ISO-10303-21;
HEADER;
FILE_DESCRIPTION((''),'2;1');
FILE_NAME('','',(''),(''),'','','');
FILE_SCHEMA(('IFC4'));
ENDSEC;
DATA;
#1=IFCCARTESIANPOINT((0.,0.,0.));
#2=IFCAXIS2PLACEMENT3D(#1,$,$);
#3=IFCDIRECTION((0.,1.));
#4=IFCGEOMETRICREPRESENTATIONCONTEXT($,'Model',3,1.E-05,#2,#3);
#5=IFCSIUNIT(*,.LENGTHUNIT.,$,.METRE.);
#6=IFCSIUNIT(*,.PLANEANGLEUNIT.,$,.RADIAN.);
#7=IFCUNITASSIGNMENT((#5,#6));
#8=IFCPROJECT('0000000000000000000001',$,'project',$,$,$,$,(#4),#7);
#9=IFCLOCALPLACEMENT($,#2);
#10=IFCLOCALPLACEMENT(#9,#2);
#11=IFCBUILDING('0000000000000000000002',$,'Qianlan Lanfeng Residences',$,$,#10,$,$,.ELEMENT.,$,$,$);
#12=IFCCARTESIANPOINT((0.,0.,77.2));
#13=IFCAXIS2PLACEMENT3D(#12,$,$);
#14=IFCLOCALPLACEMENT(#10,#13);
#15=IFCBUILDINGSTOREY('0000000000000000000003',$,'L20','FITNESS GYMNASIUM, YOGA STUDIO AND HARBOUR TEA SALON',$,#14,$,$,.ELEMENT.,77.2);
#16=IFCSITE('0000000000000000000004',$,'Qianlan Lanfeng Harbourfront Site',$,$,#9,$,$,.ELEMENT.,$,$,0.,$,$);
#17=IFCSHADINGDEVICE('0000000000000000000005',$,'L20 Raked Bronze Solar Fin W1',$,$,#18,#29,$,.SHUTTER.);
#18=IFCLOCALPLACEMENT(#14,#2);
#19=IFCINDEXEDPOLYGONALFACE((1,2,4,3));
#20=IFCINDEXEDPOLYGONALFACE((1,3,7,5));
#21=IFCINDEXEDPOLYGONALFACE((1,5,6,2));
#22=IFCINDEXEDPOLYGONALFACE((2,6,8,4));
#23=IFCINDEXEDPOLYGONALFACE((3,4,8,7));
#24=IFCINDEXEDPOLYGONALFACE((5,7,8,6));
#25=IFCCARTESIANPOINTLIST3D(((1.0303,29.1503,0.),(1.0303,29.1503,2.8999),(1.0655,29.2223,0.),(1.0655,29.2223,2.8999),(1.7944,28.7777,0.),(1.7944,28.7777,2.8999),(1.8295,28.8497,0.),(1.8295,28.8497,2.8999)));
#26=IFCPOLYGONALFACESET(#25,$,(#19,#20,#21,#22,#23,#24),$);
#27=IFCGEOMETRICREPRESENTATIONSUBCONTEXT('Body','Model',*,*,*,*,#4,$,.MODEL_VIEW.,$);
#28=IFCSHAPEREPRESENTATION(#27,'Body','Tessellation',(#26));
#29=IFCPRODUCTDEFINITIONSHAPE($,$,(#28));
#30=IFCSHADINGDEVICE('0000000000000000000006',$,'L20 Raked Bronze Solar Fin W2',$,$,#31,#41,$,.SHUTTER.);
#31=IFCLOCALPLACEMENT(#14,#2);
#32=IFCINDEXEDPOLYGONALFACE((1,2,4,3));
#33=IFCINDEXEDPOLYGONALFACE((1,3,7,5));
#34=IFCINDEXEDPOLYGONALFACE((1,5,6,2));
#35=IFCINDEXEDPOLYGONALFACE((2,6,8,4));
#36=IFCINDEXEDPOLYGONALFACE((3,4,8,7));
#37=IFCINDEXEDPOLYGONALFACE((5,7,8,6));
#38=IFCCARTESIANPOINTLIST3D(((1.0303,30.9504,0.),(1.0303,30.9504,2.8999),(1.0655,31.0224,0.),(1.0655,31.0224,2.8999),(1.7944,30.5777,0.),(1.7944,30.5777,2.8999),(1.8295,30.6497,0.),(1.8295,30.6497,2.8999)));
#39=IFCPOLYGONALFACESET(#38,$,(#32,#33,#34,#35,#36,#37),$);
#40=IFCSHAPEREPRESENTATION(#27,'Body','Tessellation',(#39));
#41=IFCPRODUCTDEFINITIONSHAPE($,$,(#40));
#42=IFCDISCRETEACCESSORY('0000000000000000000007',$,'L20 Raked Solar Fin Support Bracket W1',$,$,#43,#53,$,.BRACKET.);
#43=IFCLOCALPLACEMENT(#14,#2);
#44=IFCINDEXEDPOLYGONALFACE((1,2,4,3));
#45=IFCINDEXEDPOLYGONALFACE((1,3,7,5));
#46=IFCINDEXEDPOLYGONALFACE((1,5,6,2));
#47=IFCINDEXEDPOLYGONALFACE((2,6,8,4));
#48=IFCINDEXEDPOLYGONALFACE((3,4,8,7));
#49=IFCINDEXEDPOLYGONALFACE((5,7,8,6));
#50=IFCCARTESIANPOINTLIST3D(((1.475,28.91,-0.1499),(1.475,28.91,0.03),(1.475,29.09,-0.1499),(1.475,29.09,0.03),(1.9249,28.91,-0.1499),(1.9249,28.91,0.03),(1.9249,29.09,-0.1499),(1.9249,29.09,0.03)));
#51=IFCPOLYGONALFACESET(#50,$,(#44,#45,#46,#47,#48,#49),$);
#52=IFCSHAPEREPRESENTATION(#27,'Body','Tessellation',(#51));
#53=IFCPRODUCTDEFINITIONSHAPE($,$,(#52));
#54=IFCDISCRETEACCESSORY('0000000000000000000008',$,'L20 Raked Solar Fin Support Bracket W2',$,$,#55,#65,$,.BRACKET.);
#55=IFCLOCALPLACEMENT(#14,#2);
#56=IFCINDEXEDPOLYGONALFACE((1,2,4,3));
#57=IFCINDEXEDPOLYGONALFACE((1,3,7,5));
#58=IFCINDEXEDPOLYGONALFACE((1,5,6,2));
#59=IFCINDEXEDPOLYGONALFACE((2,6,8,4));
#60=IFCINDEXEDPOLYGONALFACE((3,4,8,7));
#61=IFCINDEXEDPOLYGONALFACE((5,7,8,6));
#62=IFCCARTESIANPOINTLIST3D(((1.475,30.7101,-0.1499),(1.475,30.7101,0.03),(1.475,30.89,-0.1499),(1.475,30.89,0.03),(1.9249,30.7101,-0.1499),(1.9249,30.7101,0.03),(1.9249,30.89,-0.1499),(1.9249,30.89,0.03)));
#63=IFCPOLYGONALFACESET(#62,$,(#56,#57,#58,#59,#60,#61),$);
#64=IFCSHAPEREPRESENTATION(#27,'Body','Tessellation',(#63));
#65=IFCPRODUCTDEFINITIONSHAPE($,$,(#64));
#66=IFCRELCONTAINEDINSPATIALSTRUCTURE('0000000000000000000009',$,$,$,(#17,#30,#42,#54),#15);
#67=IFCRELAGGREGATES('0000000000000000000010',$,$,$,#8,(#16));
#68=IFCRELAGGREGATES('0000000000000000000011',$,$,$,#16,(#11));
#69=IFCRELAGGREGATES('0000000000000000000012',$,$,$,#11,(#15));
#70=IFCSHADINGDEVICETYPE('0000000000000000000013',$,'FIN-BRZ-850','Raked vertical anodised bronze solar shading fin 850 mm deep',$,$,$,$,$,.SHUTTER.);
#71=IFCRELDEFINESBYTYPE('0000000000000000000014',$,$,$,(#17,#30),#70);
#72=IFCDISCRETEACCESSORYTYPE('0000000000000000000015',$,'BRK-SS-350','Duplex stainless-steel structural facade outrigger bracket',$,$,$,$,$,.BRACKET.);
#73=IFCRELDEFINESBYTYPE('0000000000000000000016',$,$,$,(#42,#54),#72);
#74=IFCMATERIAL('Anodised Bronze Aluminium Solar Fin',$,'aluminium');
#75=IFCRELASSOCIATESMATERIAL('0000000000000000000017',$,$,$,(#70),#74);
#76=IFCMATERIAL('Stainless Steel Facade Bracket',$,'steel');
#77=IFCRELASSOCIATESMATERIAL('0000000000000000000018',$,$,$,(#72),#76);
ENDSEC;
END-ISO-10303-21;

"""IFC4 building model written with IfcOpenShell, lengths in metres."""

from ifc_helpers import new_model, si_unit, direction, frame, origin, origin_2d, place, context, subcontext, project, spatial, rectangle, extrude, source, transform, mapped, material, type_object, element, save


model = new_model("IFC4")

# Units and contexts
model_context = context("Model", 3, precision=1e-05, world=origin(), true_north=direction((0.0, 1.0)))
body_context = subcontext(model_context, "Body", "Model", "MODEL_VIEW")
ifc_project = project(units=[si_unit("LENGTHUNIT", "METRE"), si_unit("PLANEANGLEUNIT", "RADIAN")], contexts=[model_context])

# Site, building, storey
site_placement = place(None, origin())
site = spatial("IfcSite", under=ifc_project, at=site_placement, Name="Qianlan Lanfeng Harbourfront Site", CompositionType="ELEMENT", RefElevation=0.0)
building_placement = place(site_placement, origin())
building = spatial("IfcBuilding", under=site, at=building_placement, Name="Qianlan Lanfeng Residences", CompositionType="ELEMENT")
storey_placement = place(building_placement, frame((0.0, 0.0, 77.2)))
storey = spatial("IfcBuildingStorey", under=building, at=storey_placement, Name="L20", Description="FITNESS GYMNASIUM, YOGA STUDIO AND HARBOUR TEA SALON", CompositionType="ELEMENT", Elevation=77.2)

# Shading devices
ifc_material_1 = material(Name="Anodised Bronze Aluminium Solar Fin", Category="aluminium")
shading_device_type = type_object("IfcShadingDeviceType", Name="FIN-BRZ-850", Description="Raked vertical anodised bronze solar shading fin 850 mm deep", PredefinedType="SHUTTER", material=ifc_material_1)
shared_shape_1 = source(origin(), body_context, "Body", "SweptSolid", [
    extrude(rectangle(XDim=0.8501, YDim=0.0801, at=origin_2d()), origin(), (0.0, 0.0, 1.0), 2.8999),
])
for number, where, z_axis, x_axis, name in (
    (1, (1.4299, 29.0, 0.0), (0.0, 0.0, 1.0), (0.898794, -0.438371, 0.0), "L20 Raked Bronze Solar Fin W1"),
    (2, (1.4299, 30.8, 0.0), (0.0, 0.0, 1.0), (0.898794, -0.438371, 0.0), "L20 Raked Bronze Solar Fin W2"),
):
    element("IfcShadingDevice", number, at=place(storey_placement, frame(where, z_axis=z_axis, x_axis=x_axis)), inside=storey, type_object=shading_device_type, Name=name, PredefinedType="SHUTTER", context=body_context, shape_type="MappedRepresentation", body=[
        mapped(shared_shape_1, transform((0.0, 0.0, 0.0), scale=1.0)),
    ])

# Discrete accessories
ifc_material_2 = material(Name="Stainless Steel Facade Bracket", Category="steel")
discrete_accessory_type = type_object("IfcDiscreteAccessoryType", Name="BRK-SS-350", Description="Duplex stainless-steel structural facade outrigger bracket", PredefinedType="BRACKET", material=ifc_material_2)
shared_shape_2 = source(origin(), body_context, "Body", "SweptSolid", [
    extrude(rectangle(XDim=0.45, YDim=0.1799, at=origin_2d()), origin(), (0.0, 0.0, 1.0), 0.1799),
])
for number, where, z_axis, x_axis, name in (
    (3, (1.7, 29.0, -0.1499), (0.0, 0.0, 1.0), (1.0, 0.0, 0.0), "L20 Raked Solar Fin Support Bracket W1"),
    (4, (1.7, 30.8, -0.1499), (0.0, 0.0, 1.0), (1.0, 0.0, 0.0), "L20 Raked Solar Fin Support Bracket W2"),
):
    element("IfcDiscreteAccessory", number, at=place(storey_placement, frame(where, z_axis=z_axis, x_axis=x_axis)), inside=storey, type_object=discrete_accessory_type, Name=name, PredefinedType="BRACKET", context=body_context, shape_type="MappedRepresentation", body=[
        mapped(shared_shape_2, transform((0.0, 0.0, 0.0), scale=1.0)),
    ])

save(model, "model.ifc")
